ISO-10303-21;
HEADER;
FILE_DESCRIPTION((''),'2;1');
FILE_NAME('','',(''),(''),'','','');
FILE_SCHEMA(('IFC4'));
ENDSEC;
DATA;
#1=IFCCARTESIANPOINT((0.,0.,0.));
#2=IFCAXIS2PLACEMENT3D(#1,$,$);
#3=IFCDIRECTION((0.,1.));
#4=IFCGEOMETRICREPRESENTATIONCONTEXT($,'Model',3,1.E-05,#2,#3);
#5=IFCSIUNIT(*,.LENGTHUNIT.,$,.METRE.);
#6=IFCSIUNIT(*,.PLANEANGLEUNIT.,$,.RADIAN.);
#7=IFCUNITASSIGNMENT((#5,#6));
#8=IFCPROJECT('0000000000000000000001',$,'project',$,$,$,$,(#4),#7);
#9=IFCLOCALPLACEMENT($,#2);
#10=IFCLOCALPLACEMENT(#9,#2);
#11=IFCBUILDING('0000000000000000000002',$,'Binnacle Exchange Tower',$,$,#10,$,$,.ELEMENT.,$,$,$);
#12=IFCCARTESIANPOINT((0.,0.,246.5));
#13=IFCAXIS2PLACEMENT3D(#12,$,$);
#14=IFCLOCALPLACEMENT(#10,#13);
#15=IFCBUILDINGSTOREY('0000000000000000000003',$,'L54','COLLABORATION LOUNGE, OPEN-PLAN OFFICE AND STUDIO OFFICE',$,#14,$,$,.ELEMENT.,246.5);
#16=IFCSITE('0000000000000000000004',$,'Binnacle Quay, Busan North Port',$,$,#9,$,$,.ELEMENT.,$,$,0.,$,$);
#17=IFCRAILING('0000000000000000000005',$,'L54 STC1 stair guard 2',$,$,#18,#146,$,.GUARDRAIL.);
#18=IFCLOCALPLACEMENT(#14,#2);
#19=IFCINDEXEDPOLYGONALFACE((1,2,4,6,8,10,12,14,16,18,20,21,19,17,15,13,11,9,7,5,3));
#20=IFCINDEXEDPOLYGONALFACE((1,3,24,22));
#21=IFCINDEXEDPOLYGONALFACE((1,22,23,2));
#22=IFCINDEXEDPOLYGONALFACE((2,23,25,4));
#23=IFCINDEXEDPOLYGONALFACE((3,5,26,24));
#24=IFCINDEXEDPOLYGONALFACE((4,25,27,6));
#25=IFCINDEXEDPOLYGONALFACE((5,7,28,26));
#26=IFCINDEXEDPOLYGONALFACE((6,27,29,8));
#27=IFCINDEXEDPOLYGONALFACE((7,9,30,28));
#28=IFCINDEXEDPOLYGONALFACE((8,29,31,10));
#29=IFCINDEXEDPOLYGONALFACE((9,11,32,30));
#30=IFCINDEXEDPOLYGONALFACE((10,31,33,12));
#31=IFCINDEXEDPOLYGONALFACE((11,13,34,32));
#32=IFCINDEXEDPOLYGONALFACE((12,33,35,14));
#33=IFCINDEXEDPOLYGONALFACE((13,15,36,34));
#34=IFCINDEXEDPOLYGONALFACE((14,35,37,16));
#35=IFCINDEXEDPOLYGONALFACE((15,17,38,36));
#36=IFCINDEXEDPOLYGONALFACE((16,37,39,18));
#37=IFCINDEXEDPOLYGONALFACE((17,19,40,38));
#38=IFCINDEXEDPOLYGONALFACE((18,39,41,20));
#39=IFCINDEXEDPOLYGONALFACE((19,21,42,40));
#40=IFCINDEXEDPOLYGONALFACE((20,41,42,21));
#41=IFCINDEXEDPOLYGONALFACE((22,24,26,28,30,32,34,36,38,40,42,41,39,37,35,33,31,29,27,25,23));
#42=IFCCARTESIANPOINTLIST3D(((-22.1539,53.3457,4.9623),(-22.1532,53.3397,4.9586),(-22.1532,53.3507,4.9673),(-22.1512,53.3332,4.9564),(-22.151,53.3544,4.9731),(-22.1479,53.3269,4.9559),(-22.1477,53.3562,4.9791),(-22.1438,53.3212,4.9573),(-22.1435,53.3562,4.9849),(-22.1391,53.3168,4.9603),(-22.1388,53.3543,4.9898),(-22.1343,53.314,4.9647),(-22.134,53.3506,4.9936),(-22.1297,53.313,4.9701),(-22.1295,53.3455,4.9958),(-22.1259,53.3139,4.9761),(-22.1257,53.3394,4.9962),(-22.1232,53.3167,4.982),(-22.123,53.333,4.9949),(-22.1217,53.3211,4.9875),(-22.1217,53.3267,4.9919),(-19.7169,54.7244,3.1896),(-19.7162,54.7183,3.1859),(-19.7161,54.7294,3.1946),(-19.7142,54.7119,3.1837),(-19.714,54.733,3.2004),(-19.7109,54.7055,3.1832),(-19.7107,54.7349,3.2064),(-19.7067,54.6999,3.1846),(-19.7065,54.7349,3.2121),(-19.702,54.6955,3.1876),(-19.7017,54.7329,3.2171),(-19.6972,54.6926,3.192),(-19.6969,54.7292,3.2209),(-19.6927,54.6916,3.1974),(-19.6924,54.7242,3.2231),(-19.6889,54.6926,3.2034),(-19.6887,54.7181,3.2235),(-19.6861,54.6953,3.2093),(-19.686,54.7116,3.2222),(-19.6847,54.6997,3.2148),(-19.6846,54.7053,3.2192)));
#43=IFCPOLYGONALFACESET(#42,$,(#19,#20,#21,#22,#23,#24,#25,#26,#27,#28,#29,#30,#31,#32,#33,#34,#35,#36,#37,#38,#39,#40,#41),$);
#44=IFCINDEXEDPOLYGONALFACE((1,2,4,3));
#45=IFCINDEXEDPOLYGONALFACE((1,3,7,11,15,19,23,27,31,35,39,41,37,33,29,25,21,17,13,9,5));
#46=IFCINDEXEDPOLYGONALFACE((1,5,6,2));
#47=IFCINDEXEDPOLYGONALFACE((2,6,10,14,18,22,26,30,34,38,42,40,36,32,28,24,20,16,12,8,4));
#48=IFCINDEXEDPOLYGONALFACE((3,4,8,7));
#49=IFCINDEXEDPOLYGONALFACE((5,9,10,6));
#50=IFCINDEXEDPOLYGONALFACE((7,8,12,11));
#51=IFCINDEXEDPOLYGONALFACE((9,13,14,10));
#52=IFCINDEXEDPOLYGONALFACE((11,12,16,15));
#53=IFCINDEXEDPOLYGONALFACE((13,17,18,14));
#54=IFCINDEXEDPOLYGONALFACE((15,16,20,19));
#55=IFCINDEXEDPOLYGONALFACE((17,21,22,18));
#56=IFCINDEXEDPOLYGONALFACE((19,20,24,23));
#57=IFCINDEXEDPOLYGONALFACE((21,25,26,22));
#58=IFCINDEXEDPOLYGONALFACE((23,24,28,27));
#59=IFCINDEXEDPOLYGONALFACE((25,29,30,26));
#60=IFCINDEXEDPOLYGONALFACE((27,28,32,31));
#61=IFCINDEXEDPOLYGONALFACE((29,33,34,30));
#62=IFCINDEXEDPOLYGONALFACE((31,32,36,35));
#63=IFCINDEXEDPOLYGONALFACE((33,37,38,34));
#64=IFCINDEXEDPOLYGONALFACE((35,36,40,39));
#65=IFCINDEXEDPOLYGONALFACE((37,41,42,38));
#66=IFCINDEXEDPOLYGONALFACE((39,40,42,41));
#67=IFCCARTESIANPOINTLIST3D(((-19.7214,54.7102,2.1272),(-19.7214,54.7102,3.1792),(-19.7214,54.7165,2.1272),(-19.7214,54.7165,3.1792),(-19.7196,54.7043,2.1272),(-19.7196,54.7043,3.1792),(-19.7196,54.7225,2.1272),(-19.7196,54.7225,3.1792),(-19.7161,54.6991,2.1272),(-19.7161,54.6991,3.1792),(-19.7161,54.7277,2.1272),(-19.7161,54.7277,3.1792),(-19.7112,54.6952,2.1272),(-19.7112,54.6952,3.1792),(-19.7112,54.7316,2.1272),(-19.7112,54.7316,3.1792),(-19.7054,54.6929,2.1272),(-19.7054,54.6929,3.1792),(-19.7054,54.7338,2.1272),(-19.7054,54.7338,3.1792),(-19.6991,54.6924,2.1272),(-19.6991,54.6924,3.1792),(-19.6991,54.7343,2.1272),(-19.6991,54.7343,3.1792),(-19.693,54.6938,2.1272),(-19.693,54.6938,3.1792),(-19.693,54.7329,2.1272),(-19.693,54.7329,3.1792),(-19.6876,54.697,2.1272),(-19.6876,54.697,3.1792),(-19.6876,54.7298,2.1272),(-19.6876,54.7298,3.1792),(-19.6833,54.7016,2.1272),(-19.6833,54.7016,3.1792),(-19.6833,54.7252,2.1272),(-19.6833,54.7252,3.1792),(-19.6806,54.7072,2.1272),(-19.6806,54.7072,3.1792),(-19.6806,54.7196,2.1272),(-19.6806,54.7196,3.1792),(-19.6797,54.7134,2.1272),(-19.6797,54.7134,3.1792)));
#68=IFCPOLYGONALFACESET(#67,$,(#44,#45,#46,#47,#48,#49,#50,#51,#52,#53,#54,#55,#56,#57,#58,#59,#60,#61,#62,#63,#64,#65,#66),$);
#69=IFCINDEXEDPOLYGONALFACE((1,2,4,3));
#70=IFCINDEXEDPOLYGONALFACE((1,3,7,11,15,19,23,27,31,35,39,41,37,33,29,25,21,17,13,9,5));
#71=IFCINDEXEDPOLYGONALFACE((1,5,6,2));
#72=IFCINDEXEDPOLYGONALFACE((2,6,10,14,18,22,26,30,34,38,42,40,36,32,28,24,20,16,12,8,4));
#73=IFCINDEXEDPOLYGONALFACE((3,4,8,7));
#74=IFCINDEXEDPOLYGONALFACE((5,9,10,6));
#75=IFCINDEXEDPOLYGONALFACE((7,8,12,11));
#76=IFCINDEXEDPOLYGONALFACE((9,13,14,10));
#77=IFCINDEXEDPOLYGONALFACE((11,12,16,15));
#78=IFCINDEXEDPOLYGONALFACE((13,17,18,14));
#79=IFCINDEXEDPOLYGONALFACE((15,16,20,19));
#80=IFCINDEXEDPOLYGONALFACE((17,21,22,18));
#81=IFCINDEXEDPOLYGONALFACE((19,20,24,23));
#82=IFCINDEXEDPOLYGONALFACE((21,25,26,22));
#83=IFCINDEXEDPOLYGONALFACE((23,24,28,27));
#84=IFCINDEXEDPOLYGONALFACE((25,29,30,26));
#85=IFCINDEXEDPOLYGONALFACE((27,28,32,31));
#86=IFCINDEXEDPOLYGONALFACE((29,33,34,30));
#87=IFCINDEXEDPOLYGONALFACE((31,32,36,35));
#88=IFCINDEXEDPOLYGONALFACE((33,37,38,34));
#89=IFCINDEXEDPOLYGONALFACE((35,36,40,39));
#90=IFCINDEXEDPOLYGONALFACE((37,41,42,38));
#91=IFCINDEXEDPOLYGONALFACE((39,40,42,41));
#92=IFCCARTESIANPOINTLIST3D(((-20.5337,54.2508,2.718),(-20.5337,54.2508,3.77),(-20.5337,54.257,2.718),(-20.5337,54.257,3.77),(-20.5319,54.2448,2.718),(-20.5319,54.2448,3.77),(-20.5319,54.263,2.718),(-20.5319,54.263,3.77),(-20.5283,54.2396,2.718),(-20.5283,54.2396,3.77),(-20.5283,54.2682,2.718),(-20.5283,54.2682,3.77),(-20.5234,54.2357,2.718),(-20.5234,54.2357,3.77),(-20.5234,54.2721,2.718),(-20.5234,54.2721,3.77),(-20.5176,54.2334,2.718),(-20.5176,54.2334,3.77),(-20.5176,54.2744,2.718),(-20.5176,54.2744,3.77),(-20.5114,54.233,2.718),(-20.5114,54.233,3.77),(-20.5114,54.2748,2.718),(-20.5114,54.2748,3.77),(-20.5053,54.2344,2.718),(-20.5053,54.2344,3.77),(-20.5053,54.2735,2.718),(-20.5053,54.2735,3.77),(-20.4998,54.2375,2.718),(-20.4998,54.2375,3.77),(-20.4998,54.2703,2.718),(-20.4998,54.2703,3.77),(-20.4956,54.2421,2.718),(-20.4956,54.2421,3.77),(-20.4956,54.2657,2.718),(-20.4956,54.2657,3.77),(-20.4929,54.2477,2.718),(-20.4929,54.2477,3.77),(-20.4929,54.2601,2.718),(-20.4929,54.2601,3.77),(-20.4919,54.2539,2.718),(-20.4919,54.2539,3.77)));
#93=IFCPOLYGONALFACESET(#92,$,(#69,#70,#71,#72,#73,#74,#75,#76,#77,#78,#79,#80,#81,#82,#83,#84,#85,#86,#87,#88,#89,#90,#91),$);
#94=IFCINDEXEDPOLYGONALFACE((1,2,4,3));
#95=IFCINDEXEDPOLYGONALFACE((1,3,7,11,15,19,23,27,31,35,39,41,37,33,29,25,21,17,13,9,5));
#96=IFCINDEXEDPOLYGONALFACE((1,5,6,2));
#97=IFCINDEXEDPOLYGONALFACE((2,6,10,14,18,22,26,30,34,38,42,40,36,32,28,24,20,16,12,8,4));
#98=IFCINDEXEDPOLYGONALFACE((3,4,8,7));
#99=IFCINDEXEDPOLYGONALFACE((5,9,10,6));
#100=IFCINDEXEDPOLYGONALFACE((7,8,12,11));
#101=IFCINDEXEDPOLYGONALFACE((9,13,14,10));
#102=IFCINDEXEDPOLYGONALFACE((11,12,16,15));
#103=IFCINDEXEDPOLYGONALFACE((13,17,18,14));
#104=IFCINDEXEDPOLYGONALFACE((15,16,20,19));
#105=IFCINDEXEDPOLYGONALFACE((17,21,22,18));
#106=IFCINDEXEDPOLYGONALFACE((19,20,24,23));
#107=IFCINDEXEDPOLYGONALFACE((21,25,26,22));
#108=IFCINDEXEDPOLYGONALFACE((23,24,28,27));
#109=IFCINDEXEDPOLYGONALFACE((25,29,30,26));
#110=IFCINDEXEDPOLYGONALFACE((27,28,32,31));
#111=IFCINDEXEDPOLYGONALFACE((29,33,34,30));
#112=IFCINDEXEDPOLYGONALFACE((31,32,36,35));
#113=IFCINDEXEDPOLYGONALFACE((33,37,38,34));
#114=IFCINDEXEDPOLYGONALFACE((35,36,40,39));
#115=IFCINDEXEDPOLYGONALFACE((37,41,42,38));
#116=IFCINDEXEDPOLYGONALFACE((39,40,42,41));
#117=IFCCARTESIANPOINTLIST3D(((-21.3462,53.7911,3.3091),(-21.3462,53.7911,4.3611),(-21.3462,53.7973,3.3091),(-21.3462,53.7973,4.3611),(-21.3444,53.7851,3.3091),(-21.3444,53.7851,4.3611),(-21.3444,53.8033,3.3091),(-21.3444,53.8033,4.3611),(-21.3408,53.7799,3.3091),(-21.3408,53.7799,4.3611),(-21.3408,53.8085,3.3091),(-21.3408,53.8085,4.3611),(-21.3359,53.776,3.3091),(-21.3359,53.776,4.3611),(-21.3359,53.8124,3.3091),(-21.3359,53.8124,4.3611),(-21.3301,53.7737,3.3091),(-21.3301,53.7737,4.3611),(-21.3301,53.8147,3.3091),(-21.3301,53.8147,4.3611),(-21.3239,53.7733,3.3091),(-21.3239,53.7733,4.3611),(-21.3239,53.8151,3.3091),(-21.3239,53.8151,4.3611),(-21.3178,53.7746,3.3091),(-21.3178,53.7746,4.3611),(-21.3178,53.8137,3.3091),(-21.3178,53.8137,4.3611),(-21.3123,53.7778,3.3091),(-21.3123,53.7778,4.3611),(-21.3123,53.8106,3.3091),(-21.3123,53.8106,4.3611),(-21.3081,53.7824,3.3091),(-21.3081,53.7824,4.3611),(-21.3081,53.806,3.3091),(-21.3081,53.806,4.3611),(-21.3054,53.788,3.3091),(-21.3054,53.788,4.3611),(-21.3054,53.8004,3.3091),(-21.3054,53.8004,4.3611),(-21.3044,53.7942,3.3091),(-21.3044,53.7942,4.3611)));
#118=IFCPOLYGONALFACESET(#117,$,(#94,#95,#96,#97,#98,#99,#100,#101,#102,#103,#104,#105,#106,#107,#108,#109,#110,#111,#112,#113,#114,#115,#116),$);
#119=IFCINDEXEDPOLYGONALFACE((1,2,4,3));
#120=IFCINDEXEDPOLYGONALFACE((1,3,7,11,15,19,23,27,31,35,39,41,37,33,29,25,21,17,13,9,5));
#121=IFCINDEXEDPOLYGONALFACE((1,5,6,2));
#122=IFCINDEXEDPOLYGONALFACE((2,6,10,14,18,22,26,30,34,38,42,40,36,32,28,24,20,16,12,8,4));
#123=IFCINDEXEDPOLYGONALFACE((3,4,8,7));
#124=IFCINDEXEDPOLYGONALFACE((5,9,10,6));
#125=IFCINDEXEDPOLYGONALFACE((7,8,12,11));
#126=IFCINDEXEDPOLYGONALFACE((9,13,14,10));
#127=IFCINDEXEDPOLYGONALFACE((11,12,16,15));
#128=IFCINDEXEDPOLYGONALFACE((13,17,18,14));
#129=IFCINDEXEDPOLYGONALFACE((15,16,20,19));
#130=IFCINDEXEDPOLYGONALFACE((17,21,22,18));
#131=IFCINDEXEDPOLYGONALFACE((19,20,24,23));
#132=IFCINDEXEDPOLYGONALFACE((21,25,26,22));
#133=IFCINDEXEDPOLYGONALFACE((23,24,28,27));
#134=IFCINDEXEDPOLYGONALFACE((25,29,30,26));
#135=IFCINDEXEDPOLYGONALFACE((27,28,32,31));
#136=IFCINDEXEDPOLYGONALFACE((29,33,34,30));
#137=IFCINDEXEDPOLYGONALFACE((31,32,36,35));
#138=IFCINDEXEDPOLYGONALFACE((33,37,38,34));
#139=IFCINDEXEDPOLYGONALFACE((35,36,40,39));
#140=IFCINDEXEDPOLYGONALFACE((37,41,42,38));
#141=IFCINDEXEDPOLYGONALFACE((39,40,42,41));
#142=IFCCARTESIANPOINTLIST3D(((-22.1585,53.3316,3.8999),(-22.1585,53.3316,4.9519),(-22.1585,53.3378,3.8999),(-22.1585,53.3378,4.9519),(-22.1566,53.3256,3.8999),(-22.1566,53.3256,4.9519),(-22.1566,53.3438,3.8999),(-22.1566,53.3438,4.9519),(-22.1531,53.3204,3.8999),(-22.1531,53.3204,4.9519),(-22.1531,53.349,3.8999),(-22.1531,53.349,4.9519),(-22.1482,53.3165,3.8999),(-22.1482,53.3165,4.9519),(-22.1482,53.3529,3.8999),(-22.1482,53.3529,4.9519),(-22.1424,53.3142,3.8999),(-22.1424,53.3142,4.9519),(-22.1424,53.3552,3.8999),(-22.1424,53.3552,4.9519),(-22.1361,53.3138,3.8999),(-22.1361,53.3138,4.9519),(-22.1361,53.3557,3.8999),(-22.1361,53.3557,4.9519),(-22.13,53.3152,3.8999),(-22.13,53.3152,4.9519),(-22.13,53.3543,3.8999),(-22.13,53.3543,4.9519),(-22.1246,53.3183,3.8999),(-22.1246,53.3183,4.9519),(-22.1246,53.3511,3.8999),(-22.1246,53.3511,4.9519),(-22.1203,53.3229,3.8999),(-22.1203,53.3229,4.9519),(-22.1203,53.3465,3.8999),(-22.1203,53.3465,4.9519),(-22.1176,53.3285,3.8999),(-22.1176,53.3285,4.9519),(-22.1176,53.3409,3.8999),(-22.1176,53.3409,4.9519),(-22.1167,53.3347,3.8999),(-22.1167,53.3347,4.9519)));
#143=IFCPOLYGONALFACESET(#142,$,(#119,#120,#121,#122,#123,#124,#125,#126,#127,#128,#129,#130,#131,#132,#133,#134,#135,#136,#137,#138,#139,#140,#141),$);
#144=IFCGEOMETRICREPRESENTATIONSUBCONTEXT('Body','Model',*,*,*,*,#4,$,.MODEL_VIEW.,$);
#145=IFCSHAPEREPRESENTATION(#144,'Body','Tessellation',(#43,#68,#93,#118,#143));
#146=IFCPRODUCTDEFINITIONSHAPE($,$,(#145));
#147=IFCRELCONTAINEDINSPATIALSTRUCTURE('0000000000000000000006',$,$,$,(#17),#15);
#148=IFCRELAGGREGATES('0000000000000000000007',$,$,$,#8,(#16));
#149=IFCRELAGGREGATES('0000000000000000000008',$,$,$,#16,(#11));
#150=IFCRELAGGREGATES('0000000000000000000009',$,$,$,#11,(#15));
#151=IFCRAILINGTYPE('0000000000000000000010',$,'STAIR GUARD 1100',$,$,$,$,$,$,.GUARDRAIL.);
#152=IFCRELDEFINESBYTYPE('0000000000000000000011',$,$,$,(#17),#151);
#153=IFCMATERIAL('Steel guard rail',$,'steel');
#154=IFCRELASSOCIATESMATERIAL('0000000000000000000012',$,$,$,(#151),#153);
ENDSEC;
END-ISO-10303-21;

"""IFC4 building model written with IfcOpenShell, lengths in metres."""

from ifc_helpers import new_model, si_unit, direction, frame, origin, origin_2d, place, context, subcontext, project, spatial, circle, extrude, material, type_object, element, save


model = new_model("IFC4")

# Units and contexts
model_context = context("Model", 3, precision=1e-05, world=origin(), true_north=direction((0.0, 1.0)))
body_context = subcontext(model_context, "Body", "Model", "MODEL_VIEW")
ifc_project = project(units=[si_unit("LENGTHUNIT", "METRE"), si_unit("PLANEANGLEUNIT", "RADIAN")], contexts=[model_context])

# Site, building, storey
site_placement = place(None, origin())
site = spatial("IfcSite", under=ifc_project, at=site_placement, Name="Binnacle Quay, Busan North Port", CompositionType="ELEMENT", RefElevation=0.0)
building_placement = place(site_placement, origin())
building = spatial("IfcBuilding", under=site, at=building_placement, Name="Binnacle Exchange Tower", CompositionType="ELEMENT")
storey_placement = place(building_placement, frame((0.0, 0.0, 246.5)))
storey = spatial("IfcBuildingStorey", under=building, at=storey_placement, Name="L54", Description="COLLABORATION LOUNGE, OPEN-PLAN OFFICE AND STUDIO OFFICE", CompositionType="ELEMENT", Elevation=246.5)

# Railing
ifc_material_1 = material(Name="Steel guard rail", Category="steel")
railing_type_1 = type_object("IfcRailingType", Name="STAIR GUARD 1100", PredefinedType="GUARDRAIL", material=ifc_material_1)
railing_1_placement = place(storey_placement, frame((-19.7007, 54.7134, 2.1272)))
element("IfcRailing", 1, at=railing_1_placement, inside=storey, type_object=railing_type_1, Name="L54 STC1 stair guard 2", PredefinedType="GUARDRAIL", context=body_context, shape_type="SweptSolid", body=[
    extrude(circle(Radius=0.0239, at=origin_2d()), frame((0.0, 0.0, 1.0762), z_axis=(-0.735381, -0.416019, 0.534923), x_axis=(0.492388, -0.870376, 0.0)), (0.0, 0.0, 1.0), 3.314),
    extrude(circle(Radius=0.021, at=origin_2d()), origin(), (0.0, 0.0, 1.0), 1.052),
    extrude(circle(Radius=0.021, at=origin_2d()), frame((-0.8123, -0.4595, 0.5908)), (0.0, 0.0, 1.0), 1.052),
    extrude(circle(Radius=0.021, at=origin_2d()), frame((-1.6248, -0.9192, 1.1819)), (0.0, 0.0, 1.0), 1.052),
    extrude(circle(Radius=0.021, at=origin_2d()), frame((-2.437, -1.3787, 1.7727)), (0.0, 0.0, 1.0), 1.052),
])

save(model, "model.ifc")
